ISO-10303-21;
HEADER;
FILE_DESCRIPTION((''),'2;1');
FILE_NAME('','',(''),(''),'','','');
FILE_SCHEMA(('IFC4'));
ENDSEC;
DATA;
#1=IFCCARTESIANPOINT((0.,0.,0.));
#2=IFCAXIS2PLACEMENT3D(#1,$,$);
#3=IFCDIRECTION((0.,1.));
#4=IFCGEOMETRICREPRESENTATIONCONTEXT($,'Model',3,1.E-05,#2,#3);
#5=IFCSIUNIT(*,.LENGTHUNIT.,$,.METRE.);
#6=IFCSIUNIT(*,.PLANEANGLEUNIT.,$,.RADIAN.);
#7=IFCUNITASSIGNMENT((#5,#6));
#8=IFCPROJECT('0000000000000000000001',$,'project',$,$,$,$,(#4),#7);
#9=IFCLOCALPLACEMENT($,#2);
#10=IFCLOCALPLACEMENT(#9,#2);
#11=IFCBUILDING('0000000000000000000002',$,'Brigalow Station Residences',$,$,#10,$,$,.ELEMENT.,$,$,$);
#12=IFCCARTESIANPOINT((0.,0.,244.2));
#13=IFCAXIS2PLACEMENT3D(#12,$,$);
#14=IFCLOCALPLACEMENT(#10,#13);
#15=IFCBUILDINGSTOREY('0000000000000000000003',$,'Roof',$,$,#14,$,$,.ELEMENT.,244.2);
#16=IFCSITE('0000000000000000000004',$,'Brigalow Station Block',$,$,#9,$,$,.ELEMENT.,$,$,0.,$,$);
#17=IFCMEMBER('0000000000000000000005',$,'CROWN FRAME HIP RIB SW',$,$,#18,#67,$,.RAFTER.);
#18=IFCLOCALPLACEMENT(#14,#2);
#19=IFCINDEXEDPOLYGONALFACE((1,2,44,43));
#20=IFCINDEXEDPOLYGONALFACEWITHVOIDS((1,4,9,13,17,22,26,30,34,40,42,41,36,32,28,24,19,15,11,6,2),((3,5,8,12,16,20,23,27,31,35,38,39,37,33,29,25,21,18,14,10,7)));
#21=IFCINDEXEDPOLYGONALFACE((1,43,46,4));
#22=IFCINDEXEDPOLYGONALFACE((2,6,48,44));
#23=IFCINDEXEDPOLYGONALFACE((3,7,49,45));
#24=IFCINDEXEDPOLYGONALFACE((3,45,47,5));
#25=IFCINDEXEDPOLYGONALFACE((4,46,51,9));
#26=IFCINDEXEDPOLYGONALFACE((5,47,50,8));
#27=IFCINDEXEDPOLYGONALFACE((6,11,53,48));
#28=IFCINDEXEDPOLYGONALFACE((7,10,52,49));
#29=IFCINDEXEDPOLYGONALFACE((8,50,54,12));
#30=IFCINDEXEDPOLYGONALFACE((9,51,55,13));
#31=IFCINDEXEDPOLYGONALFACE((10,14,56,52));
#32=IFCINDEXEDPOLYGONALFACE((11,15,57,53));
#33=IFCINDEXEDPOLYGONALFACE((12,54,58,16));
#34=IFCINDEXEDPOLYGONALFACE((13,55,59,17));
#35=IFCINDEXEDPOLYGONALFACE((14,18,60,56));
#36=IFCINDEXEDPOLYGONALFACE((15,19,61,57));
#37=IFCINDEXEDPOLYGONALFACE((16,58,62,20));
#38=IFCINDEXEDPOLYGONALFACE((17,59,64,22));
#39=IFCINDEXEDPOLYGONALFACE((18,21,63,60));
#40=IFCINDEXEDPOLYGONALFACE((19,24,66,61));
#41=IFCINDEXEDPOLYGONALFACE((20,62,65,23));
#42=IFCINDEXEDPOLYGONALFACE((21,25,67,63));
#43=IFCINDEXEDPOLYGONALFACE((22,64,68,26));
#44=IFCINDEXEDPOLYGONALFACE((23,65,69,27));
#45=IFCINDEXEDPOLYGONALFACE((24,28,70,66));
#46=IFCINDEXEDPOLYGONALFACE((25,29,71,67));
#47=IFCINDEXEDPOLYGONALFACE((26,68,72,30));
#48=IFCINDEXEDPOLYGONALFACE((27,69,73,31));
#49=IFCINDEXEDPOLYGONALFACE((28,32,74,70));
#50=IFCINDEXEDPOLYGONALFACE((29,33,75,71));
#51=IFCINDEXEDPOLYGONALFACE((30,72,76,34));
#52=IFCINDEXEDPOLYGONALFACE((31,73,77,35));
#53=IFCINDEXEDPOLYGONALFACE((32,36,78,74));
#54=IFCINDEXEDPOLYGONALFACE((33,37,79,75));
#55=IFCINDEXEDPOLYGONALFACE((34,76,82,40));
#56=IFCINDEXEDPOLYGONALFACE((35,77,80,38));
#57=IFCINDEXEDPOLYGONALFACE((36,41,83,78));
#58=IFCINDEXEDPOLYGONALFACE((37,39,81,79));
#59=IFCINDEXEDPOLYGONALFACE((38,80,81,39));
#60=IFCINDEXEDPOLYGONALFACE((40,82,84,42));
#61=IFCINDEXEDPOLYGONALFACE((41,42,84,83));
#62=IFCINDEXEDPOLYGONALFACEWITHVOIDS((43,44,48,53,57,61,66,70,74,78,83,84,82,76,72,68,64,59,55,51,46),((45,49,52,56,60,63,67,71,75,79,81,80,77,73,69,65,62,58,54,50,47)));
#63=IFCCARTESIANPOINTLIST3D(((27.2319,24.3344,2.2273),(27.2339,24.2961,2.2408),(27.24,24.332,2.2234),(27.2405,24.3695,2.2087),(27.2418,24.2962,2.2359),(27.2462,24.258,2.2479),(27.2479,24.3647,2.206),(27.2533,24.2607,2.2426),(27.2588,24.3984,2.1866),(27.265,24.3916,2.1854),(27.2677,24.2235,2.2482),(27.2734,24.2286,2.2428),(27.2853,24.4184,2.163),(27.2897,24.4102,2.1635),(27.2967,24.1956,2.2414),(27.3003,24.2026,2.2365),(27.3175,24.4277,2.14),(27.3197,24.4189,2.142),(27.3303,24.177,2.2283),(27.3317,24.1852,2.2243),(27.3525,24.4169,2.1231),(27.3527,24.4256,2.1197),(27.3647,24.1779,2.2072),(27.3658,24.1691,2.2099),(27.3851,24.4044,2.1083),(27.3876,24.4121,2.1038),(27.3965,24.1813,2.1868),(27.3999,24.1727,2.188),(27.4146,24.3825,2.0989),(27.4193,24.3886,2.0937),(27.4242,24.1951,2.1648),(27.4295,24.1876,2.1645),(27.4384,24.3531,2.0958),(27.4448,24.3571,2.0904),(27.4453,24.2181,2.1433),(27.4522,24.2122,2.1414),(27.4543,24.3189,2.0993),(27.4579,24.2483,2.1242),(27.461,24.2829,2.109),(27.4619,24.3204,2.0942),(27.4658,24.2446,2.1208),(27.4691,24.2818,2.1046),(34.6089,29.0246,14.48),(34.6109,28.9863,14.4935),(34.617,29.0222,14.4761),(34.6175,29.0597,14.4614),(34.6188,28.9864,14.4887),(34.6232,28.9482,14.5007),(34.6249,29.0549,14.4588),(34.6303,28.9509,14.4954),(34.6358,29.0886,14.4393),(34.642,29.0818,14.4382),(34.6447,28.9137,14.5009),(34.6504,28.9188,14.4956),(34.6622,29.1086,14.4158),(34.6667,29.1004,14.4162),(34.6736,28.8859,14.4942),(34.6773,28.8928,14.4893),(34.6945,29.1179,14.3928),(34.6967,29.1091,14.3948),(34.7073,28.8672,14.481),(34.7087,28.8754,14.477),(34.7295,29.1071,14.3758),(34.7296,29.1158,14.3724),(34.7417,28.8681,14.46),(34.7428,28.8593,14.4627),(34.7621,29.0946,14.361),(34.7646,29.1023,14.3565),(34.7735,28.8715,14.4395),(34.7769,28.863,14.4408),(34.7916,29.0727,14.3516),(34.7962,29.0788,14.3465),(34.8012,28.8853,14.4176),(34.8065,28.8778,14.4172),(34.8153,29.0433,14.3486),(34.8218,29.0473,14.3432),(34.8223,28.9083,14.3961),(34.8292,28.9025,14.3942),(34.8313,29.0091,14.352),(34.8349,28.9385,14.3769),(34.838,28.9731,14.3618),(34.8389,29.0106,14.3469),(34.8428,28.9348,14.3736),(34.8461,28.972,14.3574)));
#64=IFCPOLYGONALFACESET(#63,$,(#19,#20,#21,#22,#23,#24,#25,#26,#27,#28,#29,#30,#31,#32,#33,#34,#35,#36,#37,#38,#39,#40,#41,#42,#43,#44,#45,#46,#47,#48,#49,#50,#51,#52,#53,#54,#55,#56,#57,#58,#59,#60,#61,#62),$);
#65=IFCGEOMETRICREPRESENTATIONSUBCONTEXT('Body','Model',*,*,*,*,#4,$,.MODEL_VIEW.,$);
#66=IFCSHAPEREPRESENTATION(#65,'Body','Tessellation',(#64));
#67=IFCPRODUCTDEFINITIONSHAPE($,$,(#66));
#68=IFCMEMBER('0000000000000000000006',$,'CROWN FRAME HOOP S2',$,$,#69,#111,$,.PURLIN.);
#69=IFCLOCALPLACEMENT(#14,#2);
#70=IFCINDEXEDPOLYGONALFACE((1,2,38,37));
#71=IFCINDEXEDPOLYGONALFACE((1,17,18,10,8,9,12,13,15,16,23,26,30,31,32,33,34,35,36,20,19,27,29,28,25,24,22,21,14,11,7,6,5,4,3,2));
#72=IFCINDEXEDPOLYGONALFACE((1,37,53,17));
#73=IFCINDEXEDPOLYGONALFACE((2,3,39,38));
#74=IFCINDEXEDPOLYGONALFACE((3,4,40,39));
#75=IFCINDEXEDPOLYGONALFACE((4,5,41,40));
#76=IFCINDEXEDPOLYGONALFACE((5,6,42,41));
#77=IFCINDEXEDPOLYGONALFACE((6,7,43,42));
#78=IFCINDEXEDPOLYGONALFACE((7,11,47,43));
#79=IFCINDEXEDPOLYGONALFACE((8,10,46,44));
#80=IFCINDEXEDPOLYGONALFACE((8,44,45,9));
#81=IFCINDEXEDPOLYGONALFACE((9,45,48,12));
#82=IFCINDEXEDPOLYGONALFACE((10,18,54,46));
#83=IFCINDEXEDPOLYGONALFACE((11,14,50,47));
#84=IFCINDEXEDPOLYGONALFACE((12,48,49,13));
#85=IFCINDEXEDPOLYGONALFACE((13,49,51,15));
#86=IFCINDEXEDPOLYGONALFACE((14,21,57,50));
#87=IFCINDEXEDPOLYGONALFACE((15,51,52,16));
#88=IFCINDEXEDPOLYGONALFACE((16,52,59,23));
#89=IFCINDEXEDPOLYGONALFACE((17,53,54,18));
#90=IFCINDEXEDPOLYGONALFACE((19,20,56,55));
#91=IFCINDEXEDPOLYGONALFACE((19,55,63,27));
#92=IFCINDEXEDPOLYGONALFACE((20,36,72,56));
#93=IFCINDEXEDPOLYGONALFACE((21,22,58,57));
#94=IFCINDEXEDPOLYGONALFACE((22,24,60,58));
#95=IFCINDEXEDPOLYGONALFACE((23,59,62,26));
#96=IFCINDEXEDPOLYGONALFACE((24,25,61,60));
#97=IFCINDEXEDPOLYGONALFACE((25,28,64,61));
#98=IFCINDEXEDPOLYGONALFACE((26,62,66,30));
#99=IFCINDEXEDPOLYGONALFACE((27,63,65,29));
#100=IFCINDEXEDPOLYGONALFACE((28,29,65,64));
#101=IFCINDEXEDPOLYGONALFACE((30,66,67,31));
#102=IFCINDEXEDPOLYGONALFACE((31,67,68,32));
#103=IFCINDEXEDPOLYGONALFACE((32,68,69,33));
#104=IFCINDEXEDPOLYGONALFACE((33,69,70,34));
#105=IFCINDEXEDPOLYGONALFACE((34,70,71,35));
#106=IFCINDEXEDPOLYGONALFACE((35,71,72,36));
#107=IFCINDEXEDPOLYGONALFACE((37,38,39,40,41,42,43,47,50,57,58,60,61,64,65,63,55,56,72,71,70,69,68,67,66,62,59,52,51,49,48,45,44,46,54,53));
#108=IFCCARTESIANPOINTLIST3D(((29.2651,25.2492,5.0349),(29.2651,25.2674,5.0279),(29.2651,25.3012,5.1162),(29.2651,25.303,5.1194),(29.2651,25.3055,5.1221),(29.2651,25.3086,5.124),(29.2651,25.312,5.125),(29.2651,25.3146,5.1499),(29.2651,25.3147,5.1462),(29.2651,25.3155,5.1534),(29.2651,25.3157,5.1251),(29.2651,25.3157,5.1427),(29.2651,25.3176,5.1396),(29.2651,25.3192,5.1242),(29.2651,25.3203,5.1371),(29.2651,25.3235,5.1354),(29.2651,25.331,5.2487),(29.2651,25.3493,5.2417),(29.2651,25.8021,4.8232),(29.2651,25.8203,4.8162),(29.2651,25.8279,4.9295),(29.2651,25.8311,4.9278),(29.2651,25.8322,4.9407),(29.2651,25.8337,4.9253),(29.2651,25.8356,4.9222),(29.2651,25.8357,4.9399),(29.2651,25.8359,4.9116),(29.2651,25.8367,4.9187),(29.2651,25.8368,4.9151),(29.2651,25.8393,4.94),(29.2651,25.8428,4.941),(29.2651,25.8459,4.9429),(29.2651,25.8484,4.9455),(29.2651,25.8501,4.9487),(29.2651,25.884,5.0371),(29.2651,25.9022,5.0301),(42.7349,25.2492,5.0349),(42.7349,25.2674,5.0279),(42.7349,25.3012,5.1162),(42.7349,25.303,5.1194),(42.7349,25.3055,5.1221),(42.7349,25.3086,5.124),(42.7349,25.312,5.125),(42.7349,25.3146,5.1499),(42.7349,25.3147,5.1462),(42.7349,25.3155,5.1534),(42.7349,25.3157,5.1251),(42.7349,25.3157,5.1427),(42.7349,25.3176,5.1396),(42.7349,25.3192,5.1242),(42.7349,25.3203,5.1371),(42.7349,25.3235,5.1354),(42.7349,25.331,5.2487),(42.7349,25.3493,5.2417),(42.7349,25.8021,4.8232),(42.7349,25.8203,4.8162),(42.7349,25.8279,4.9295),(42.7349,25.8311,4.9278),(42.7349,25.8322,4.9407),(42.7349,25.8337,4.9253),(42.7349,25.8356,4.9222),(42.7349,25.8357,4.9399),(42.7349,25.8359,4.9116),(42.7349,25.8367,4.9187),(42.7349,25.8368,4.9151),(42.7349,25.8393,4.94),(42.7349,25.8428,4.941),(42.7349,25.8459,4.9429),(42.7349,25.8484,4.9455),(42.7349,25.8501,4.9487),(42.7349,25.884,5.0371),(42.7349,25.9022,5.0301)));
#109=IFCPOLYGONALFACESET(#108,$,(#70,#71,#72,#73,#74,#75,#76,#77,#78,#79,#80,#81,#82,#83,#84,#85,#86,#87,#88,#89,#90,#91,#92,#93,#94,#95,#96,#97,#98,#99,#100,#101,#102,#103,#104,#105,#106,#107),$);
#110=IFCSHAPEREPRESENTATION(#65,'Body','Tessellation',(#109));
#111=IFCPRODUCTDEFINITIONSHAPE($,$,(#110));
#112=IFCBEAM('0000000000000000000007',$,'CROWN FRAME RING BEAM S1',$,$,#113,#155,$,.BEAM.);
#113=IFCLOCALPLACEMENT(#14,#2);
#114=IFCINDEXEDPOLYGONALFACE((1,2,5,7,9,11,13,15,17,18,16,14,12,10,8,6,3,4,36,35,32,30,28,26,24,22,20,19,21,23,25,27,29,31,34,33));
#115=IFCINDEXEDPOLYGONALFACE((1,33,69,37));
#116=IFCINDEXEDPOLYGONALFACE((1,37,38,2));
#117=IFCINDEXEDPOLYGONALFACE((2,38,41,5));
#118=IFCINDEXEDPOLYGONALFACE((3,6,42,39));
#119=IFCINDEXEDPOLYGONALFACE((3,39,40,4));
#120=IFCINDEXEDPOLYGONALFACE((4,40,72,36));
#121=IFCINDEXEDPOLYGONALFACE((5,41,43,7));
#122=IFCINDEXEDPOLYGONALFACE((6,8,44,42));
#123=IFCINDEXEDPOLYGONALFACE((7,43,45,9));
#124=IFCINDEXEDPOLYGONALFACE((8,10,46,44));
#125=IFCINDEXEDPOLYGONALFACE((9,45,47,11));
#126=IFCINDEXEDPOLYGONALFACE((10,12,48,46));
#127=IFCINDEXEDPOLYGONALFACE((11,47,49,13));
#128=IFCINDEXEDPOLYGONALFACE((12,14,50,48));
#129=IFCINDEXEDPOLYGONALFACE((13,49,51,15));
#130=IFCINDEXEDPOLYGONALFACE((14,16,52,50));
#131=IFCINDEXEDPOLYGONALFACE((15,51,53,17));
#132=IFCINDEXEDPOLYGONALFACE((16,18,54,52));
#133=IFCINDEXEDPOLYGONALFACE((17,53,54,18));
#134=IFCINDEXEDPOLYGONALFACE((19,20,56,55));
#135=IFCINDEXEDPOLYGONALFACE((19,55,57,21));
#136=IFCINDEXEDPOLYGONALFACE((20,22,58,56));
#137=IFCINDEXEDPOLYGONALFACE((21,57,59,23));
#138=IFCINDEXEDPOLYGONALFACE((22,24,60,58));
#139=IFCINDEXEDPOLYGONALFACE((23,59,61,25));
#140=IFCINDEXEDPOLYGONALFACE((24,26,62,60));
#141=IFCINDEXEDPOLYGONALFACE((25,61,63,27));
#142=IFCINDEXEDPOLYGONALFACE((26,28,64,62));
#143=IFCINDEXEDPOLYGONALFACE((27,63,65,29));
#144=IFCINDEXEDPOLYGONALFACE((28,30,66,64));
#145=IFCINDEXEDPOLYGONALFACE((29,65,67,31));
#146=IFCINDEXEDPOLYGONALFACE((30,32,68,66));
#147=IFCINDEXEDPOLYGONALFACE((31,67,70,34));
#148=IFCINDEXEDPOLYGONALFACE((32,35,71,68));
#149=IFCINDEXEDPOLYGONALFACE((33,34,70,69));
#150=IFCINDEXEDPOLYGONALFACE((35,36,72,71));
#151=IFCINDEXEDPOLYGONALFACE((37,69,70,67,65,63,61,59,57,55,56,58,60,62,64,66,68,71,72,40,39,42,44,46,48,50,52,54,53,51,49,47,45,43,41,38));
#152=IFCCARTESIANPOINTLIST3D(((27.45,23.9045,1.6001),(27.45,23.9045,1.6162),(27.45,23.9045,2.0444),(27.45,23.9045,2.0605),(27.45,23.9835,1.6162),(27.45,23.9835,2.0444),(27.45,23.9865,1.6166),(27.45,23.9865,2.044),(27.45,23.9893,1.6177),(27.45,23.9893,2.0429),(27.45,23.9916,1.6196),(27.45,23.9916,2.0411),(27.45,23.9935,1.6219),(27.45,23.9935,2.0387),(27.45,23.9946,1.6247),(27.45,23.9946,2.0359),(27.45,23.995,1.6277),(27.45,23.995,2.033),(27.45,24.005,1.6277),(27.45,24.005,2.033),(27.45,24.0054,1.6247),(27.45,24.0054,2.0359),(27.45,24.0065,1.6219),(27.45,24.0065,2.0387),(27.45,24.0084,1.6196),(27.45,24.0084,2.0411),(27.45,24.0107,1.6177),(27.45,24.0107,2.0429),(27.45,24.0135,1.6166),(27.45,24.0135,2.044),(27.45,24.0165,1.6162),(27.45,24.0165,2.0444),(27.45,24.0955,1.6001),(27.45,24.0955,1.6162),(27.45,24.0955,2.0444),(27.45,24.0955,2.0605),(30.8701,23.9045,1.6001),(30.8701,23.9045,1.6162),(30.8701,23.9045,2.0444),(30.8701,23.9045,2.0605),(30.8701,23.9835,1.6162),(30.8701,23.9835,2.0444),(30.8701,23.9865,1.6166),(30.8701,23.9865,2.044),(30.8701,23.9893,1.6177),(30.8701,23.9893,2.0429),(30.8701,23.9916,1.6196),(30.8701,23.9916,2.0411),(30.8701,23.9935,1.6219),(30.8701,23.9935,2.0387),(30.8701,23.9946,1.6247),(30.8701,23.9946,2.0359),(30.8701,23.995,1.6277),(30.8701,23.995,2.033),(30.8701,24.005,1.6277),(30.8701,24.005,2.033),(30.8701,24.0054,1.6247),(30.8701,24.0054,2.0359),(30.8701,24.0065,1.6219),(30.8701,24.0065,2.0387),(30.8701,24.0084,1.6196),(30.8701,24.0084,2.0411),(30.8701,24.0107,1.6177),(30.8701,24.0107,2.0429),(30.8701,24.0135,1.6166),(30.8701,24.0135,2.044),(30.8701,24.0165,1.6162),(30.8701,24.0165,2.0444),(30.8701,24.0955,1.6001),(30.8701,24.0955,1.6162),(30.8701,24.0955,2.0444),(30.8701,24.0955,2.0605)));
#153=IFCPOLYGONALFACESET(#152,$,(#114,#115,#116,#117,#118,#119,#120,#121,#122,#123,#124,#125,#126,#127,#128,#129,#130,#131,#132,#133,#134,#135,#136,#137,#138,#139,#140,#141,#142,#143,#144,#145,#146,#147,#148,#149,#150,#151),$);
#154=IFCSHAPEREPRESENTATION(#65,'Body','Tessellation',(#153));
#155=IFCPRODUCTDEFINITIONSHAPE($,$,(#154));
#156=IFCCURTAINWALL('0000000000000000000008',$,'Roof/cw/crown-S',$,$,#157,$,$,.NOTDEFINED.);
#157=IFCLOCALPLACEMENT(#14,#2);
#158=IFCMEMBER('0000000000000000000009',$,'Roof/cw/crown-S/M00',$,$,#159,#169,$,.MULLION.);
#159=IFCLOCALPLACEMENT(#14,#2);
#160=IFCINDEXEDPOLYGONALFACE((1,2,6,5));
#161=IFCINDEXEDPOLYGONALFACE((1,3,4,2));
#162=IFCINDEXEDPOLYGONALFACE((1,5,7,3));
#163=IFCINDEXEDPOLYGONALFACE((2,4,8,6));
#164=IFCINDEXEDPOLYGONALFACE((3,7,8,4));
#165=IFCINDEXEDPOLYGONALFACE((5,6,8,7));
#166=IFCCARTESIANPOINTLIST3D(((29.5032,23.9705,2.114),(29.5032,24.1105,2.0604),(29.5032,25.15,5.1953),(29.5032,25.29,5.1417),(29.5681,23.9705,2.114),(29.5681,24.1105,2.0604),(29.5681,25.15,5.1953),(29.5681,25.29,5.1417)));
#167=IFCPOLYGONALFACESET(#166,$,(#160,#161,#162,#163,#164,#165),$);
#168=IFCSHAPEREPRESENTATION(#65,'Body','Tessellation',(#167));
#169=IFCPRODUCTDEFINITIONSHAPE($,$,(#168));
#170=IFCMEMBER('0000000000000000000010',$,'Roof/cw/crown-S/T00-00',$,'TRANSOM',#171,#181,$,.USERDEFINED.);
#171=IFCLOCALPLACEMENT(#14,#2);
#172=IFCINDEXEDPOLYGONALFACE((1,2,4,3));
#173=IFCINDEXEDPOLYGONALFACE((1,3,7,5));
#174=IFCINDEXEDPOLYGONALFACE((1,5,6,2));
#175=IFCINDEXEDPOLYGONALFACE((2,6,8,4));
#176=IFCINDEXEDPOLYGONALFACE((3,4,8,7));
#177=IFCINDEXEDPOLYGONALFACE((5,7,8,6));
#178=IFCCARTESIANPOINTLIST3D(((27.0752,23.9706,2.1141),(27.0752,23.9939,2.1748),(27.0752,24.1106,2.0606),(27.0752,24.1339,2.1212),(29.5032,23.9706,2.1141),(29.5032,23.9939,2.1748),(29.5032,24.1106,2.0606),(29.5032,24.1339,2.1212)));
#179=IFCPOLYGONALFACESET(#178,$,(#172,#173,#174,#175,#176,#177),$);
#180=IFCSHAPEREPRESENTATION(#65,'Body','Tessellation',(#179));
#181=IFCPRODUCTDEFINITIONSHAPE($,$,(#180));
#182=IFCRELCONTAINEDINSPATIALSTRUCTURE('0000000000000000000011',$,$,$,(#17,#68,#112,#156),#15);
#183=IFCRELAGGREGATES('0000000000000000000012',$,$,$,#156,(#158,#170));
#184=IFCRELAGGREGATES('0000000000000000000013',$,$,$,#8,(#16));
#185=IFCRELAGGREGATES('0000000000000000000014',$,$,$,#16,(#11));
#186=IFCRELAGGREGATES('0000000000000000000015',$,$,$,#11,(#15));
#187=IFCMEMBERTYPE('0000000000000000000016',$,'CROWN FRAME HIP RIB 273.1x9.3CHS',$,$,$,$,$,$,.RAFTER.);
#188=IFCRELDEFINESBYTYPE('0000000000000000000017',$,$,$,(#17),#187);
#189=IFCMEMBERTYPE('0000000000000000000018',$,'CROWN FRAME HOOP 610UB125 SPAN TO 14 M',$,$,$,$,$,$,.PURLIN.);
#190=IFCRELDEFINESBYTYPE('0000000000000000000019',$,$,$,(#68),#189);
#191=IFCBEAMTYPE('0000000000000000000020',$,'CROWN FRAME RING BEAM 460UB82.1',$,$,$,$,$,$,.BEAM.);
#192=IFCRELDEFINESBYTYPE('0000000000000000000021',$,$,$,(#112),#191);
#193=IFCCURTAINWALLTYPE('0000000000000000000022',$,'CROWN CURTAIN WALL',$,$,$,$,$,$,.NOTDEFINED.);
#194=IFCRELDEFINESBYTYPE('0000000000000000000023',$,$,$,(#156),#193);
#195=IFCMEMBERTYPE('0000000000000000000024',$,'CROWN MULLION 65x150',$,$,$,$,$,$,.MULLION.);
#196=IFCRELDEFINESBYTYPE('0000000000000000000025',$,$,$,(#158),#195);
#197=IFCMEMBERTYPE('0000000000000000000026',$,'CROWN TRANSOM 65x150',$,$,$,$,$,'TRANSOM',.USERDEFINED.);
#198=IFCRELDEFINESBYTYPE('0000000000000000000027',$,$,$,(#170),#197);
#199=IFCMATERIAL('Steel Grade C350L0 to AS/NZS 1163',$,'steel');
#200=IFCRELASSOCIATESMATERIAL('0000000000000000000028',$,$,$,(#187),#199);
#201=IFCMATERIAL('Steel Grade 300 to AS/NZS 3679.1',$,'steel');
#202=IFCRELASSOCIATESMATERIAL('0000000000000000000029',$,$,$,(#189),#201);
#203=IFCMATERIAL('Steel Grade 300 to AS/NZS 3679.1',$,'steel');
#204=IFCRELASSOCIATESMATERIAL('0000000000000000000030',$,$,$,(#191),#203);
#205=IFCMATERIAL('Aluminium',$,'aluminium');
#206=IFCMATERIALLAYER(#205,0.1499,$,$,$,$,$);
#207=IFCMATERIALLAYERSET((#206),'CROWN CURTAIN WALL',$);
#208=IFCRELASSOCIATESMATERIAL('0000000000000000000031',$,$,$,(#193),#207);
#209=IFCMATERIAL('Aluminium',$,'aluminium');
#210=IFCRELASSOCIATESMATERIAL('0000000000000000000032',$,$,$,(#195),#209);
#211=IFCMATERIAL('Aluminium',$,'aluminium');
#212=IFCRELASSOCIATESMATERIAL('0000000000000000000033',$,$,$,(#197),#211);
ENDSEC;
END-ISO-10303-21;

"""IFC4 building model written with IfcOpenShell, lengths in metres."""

from ifc_helpers import new_model, si_unit, direction, frame, origin, origin_2d, place, context, subcontext, project, spatial, rectangle, hollow_circle, i_section, extrude, material, layer, layer_set, material_profile, profile_set, type_object, element, aggregate, save


model = new_model("IFC4")

# Units and contexts
model_context = context("Model", 3, precision=1e-05, world=origin(), true_north=direction((0.0, 1.0)))
body_context = subcontext(model_context, "Body", "Model", "MODEL_VIEW")
ifc_project = project(units=[si_unit("LENGTHUNIT", "METRE"), si_unit("PLANEANGLEUNIT", "RADIAN")], contexts=[model_context])

# Site, building, storey
site_placement = place(None, origin())
site = spatial("IfcSite", under=ifc_project, at=site_placement, Name="Brigalow Station Block", CompositionType="ELEMENT", RefElevation=0.0)
building_placement = place(site_placement, origin())
building = spatial("IfcBuilding", under=site, at=building_placement, Name="Brigalow Station Residences", CompositionType="ELEMENT")
storey_placement = place(building_placement, frame((0.0, 0.0, 244.2)))
storey = spatial("IfcBuildingStorey", under=building, at=storey_placement, Name="Roof", CompositionType="ELEMENT", Elevation=244.2)

# Members
ifc_material_1 = material(Name="Steel Grade C350L0 to AS/NZS 1163", Category="steel")
ifc_material_profile_1 = material_profile(ifc_material_1, hollow_circle(Radius=0.1365, WallThickness=0.0093, at=origin_2d()), Name="273.1x9.3CHS")
ifc_profile_set_1 = profile_set([ifc_material_profile_1], Name="Steel Grade C350L0 to AS/NZS 1163")
member_type_1 = type_object("IfcMemberType", Name="CROWN FRAME HIP RIB 273.1x9.3CHS", PredefinedType="RAFTER", material=ifc_profile_set_1)
member_1_placement = place(storey_placement, frame((27.3503, 24.2986, 2.1697), z_axis=(0.490116, 0.311611, 0.814055), x_axis=(-0.670788, 0.731216, 0.123959)))
element("IfcMember", 1, at=member_1_placement, inside=storey, type_object=member_type_1, Name="CROWN FRAME HIP RIB SW", PredefinedType="RAFTER", context=body_context, shape_type="SweptSolid", body=[
    extrude(hollow_circle(Radius=0.1365, WallThickness=0.0093, at=origin_2d()), origin(), (0.0, 0.0, 1.0), 15.0515),
])
ifc_material_2 = material(Name="Steel Grade 300 to AS/NZS 3679.1", Category="steel")
ifc_material_profile_2 = material_profile(ifc_material_2, i_section(OverallWidth=0.229, OverallDepth=0.6116, WebThickness=0.012, FlangeThickness=0.0195, FilletRadius=0.0139, at=origin_2d()), Name="610UB125")
ifc_profile_set_2 = profile_set([ifc_material_profile_2], Name="Steel Grade 300 to AS/NZS 3679.1")
member_type_2 = type_object("IfcMemberType", Name="CROWN FRAME HOOP 610UB125 SPAN TO 14 M", PredefinedType="PURLIN", material=ifc_profile_set_2)
member_2_placement = place(storey_placement, frame((29.2651, 25.5757, 5.0325), z_axis=(1.0, 0.0, 0.0), x_axis=(0.0, 0.357491, 0.933917)))
element("IfcMember", 2, at=member_2_placement, inside=storey, type_object=member_type_2, Name="CROWN FRAME HOOP S2", PredefinedType="PURLIN", context=body_context, shape_type="SweptSolid", body=[
    extrude(i_section(OverallWidth=0.229, OverallDepth=0.6116, WebThickness=0.012, FlangeThickness=0.0195, FilletRadius=0.0139, at=origin_2d()), origin(), (0.0, 0.0, 1.0), 13.4697),
])

# Beam
ifc_material_3 = material(Name="Steel Grade 300 to AS/NZS 3679.1", Category="steel")
ifc_material_profile_3 = material_profile(ifc_material_3, i_section(OverallWidth=0.1909, OverallDepth=0.4604, WebThickness=0.01, FlangeThickness=0.0161, FilletRadius=0.0115, at=origin_2d()), Name="460UB82.1")
ifc_profile_set_3 = profile_set([ifc_material_profile_3], Name="Steel Grade 300 to AS/NZS 3679.1")
beam_type_1 = type_object("IfcBeamType", Name="CROWN FRAME RING BEAM 460UB82.1", PredefinedType="BEAM", material=ifc_profile_set_3)
beam_1_placement = place(storey_placement, frame((27.45, 24.0, 1.8303), z_axis=(1.0, 0.0, 0.0), x_axis=(0.0, 1.0, 0.0)))
element("IfcBeam", 3, at=beam_1_placement, inside=storey, type_object=beam_type_1, Name="CROWN FRAME RING BEAM S1", PredefinedType="BEAM", context=body_context, shape_type="SweptSolid", body=[
    extrude(i_section(OverallWidth=0.1909, OverallDepth=0.4604, WebThickness=0.01, FlangeThickness=0.0161, FilletRadius=0.0115, at=origin_2d()), origin(), (0.0, 0.0, 1.0), 3.4202),
])

# Curtain wall, members
ifc_material_4 = material(Name="Aluminium", Category="aluminium")
ifc_layer_1 = layer(ifc_material_4, 0.1499)
ifc_layer_set_1 = layer_set([ifc_layer_1], Name="CROWN CURTAIN WALL")
curtain_wall_type = type_object("IfcCurtainWallType", Name="CROWN CURTAIN WALL", PredefinedType="NOTDEFINED", material=ifc_layer_set_1)
curtain_wall_1_placement = place(storey_placement, origin())
curtain_wall_1 = element("IfcCurtainWall", 4, at=curtain_wall_1_placement, inside=storey, type_object=curtain_wall_type, Name="Roof/cw/crown-S", PredefinedType="NOTDEFINED")
ifc_material_5 = material(Name="Aluminium", Category="aluminium")
ifc_material_profile_4 = material_profile(ifc_material_5, rectangle(XDim=0.0649, YDim=0.1499, at=origin_2d()), Name="CROWN MULLION 65x150")
ifc_profile_set_4 = profile_set([ifc_material_profile_4], Name="Aluminium")
member_type_3 = type_object("IfcMemberType", Name="CROWN MULLION 65x150", PredefinedType="MULLION", material=ifc_profile_set_4)
member_3_placement = place(storey_placement, frame((29.5356, 24.0405, 2.0872), z_axis=(0.0, 0.357481, 0.93392), x_axis=(-1.0, 0.0, 0.0)))
member_3 = element("IfcMember", 5, at=member_3_placement, type_object=member_type_3, Name="Roof/cw/crown-S/M00", PredefinedType="MULLION", context=body_context, shape_type="SweptSolid", body=[
    extrude(rectangle(XDim=0.0649, YDim=0.1499, at=origin_2d()), origin(), (0.0, 0.0, 1.0), 3.2993),
])
ifc_material_6 = material(Name="Aluminium", Category="aluminium")
ifc_material_profile_5 = material_profile(ifc_material_6, rectangle(XDim=0.0649, YDim=0.1499, at=origin_2d()), Name="CROWN TRANSOM 65x150")
ifc_profile_set_5 = profile_set([ifc_material_profile_5], Name="Aluminium")
member_type_4 = type_object("IfcMemberType", Name="CROWN TRANSOM 65x150", ElementType="TRANSOM", PredefinedType="USERDEFINED", material=ifc_profile_set_5)
member_4_placement = place(storey_placement, frame((27.0752, 24.0522, 2.1177), z_axis=(1.0, 0.0, 0.0), x_axis=(0.0, 0.357491, 0.933917)))
member_4 = element("IfcMember", 6, at=member_4_placement, type_object=member_type_4, Name="Roof/cw/crown-S/T00-00", ObjectType="TRANSOM", PredefinedType="USERDEFINED", context=body_context, shape_type="SweptSolid", body=[
    extrude(rectangle(XDim=0.0649, YDim=0.1499, at=origin_2d()), origin(), (0.0, 0.0, 1.0), 2.428),
])

aggregate(curtain_wall_1, [member_3, member_4])

save(model, "model.ifc")
